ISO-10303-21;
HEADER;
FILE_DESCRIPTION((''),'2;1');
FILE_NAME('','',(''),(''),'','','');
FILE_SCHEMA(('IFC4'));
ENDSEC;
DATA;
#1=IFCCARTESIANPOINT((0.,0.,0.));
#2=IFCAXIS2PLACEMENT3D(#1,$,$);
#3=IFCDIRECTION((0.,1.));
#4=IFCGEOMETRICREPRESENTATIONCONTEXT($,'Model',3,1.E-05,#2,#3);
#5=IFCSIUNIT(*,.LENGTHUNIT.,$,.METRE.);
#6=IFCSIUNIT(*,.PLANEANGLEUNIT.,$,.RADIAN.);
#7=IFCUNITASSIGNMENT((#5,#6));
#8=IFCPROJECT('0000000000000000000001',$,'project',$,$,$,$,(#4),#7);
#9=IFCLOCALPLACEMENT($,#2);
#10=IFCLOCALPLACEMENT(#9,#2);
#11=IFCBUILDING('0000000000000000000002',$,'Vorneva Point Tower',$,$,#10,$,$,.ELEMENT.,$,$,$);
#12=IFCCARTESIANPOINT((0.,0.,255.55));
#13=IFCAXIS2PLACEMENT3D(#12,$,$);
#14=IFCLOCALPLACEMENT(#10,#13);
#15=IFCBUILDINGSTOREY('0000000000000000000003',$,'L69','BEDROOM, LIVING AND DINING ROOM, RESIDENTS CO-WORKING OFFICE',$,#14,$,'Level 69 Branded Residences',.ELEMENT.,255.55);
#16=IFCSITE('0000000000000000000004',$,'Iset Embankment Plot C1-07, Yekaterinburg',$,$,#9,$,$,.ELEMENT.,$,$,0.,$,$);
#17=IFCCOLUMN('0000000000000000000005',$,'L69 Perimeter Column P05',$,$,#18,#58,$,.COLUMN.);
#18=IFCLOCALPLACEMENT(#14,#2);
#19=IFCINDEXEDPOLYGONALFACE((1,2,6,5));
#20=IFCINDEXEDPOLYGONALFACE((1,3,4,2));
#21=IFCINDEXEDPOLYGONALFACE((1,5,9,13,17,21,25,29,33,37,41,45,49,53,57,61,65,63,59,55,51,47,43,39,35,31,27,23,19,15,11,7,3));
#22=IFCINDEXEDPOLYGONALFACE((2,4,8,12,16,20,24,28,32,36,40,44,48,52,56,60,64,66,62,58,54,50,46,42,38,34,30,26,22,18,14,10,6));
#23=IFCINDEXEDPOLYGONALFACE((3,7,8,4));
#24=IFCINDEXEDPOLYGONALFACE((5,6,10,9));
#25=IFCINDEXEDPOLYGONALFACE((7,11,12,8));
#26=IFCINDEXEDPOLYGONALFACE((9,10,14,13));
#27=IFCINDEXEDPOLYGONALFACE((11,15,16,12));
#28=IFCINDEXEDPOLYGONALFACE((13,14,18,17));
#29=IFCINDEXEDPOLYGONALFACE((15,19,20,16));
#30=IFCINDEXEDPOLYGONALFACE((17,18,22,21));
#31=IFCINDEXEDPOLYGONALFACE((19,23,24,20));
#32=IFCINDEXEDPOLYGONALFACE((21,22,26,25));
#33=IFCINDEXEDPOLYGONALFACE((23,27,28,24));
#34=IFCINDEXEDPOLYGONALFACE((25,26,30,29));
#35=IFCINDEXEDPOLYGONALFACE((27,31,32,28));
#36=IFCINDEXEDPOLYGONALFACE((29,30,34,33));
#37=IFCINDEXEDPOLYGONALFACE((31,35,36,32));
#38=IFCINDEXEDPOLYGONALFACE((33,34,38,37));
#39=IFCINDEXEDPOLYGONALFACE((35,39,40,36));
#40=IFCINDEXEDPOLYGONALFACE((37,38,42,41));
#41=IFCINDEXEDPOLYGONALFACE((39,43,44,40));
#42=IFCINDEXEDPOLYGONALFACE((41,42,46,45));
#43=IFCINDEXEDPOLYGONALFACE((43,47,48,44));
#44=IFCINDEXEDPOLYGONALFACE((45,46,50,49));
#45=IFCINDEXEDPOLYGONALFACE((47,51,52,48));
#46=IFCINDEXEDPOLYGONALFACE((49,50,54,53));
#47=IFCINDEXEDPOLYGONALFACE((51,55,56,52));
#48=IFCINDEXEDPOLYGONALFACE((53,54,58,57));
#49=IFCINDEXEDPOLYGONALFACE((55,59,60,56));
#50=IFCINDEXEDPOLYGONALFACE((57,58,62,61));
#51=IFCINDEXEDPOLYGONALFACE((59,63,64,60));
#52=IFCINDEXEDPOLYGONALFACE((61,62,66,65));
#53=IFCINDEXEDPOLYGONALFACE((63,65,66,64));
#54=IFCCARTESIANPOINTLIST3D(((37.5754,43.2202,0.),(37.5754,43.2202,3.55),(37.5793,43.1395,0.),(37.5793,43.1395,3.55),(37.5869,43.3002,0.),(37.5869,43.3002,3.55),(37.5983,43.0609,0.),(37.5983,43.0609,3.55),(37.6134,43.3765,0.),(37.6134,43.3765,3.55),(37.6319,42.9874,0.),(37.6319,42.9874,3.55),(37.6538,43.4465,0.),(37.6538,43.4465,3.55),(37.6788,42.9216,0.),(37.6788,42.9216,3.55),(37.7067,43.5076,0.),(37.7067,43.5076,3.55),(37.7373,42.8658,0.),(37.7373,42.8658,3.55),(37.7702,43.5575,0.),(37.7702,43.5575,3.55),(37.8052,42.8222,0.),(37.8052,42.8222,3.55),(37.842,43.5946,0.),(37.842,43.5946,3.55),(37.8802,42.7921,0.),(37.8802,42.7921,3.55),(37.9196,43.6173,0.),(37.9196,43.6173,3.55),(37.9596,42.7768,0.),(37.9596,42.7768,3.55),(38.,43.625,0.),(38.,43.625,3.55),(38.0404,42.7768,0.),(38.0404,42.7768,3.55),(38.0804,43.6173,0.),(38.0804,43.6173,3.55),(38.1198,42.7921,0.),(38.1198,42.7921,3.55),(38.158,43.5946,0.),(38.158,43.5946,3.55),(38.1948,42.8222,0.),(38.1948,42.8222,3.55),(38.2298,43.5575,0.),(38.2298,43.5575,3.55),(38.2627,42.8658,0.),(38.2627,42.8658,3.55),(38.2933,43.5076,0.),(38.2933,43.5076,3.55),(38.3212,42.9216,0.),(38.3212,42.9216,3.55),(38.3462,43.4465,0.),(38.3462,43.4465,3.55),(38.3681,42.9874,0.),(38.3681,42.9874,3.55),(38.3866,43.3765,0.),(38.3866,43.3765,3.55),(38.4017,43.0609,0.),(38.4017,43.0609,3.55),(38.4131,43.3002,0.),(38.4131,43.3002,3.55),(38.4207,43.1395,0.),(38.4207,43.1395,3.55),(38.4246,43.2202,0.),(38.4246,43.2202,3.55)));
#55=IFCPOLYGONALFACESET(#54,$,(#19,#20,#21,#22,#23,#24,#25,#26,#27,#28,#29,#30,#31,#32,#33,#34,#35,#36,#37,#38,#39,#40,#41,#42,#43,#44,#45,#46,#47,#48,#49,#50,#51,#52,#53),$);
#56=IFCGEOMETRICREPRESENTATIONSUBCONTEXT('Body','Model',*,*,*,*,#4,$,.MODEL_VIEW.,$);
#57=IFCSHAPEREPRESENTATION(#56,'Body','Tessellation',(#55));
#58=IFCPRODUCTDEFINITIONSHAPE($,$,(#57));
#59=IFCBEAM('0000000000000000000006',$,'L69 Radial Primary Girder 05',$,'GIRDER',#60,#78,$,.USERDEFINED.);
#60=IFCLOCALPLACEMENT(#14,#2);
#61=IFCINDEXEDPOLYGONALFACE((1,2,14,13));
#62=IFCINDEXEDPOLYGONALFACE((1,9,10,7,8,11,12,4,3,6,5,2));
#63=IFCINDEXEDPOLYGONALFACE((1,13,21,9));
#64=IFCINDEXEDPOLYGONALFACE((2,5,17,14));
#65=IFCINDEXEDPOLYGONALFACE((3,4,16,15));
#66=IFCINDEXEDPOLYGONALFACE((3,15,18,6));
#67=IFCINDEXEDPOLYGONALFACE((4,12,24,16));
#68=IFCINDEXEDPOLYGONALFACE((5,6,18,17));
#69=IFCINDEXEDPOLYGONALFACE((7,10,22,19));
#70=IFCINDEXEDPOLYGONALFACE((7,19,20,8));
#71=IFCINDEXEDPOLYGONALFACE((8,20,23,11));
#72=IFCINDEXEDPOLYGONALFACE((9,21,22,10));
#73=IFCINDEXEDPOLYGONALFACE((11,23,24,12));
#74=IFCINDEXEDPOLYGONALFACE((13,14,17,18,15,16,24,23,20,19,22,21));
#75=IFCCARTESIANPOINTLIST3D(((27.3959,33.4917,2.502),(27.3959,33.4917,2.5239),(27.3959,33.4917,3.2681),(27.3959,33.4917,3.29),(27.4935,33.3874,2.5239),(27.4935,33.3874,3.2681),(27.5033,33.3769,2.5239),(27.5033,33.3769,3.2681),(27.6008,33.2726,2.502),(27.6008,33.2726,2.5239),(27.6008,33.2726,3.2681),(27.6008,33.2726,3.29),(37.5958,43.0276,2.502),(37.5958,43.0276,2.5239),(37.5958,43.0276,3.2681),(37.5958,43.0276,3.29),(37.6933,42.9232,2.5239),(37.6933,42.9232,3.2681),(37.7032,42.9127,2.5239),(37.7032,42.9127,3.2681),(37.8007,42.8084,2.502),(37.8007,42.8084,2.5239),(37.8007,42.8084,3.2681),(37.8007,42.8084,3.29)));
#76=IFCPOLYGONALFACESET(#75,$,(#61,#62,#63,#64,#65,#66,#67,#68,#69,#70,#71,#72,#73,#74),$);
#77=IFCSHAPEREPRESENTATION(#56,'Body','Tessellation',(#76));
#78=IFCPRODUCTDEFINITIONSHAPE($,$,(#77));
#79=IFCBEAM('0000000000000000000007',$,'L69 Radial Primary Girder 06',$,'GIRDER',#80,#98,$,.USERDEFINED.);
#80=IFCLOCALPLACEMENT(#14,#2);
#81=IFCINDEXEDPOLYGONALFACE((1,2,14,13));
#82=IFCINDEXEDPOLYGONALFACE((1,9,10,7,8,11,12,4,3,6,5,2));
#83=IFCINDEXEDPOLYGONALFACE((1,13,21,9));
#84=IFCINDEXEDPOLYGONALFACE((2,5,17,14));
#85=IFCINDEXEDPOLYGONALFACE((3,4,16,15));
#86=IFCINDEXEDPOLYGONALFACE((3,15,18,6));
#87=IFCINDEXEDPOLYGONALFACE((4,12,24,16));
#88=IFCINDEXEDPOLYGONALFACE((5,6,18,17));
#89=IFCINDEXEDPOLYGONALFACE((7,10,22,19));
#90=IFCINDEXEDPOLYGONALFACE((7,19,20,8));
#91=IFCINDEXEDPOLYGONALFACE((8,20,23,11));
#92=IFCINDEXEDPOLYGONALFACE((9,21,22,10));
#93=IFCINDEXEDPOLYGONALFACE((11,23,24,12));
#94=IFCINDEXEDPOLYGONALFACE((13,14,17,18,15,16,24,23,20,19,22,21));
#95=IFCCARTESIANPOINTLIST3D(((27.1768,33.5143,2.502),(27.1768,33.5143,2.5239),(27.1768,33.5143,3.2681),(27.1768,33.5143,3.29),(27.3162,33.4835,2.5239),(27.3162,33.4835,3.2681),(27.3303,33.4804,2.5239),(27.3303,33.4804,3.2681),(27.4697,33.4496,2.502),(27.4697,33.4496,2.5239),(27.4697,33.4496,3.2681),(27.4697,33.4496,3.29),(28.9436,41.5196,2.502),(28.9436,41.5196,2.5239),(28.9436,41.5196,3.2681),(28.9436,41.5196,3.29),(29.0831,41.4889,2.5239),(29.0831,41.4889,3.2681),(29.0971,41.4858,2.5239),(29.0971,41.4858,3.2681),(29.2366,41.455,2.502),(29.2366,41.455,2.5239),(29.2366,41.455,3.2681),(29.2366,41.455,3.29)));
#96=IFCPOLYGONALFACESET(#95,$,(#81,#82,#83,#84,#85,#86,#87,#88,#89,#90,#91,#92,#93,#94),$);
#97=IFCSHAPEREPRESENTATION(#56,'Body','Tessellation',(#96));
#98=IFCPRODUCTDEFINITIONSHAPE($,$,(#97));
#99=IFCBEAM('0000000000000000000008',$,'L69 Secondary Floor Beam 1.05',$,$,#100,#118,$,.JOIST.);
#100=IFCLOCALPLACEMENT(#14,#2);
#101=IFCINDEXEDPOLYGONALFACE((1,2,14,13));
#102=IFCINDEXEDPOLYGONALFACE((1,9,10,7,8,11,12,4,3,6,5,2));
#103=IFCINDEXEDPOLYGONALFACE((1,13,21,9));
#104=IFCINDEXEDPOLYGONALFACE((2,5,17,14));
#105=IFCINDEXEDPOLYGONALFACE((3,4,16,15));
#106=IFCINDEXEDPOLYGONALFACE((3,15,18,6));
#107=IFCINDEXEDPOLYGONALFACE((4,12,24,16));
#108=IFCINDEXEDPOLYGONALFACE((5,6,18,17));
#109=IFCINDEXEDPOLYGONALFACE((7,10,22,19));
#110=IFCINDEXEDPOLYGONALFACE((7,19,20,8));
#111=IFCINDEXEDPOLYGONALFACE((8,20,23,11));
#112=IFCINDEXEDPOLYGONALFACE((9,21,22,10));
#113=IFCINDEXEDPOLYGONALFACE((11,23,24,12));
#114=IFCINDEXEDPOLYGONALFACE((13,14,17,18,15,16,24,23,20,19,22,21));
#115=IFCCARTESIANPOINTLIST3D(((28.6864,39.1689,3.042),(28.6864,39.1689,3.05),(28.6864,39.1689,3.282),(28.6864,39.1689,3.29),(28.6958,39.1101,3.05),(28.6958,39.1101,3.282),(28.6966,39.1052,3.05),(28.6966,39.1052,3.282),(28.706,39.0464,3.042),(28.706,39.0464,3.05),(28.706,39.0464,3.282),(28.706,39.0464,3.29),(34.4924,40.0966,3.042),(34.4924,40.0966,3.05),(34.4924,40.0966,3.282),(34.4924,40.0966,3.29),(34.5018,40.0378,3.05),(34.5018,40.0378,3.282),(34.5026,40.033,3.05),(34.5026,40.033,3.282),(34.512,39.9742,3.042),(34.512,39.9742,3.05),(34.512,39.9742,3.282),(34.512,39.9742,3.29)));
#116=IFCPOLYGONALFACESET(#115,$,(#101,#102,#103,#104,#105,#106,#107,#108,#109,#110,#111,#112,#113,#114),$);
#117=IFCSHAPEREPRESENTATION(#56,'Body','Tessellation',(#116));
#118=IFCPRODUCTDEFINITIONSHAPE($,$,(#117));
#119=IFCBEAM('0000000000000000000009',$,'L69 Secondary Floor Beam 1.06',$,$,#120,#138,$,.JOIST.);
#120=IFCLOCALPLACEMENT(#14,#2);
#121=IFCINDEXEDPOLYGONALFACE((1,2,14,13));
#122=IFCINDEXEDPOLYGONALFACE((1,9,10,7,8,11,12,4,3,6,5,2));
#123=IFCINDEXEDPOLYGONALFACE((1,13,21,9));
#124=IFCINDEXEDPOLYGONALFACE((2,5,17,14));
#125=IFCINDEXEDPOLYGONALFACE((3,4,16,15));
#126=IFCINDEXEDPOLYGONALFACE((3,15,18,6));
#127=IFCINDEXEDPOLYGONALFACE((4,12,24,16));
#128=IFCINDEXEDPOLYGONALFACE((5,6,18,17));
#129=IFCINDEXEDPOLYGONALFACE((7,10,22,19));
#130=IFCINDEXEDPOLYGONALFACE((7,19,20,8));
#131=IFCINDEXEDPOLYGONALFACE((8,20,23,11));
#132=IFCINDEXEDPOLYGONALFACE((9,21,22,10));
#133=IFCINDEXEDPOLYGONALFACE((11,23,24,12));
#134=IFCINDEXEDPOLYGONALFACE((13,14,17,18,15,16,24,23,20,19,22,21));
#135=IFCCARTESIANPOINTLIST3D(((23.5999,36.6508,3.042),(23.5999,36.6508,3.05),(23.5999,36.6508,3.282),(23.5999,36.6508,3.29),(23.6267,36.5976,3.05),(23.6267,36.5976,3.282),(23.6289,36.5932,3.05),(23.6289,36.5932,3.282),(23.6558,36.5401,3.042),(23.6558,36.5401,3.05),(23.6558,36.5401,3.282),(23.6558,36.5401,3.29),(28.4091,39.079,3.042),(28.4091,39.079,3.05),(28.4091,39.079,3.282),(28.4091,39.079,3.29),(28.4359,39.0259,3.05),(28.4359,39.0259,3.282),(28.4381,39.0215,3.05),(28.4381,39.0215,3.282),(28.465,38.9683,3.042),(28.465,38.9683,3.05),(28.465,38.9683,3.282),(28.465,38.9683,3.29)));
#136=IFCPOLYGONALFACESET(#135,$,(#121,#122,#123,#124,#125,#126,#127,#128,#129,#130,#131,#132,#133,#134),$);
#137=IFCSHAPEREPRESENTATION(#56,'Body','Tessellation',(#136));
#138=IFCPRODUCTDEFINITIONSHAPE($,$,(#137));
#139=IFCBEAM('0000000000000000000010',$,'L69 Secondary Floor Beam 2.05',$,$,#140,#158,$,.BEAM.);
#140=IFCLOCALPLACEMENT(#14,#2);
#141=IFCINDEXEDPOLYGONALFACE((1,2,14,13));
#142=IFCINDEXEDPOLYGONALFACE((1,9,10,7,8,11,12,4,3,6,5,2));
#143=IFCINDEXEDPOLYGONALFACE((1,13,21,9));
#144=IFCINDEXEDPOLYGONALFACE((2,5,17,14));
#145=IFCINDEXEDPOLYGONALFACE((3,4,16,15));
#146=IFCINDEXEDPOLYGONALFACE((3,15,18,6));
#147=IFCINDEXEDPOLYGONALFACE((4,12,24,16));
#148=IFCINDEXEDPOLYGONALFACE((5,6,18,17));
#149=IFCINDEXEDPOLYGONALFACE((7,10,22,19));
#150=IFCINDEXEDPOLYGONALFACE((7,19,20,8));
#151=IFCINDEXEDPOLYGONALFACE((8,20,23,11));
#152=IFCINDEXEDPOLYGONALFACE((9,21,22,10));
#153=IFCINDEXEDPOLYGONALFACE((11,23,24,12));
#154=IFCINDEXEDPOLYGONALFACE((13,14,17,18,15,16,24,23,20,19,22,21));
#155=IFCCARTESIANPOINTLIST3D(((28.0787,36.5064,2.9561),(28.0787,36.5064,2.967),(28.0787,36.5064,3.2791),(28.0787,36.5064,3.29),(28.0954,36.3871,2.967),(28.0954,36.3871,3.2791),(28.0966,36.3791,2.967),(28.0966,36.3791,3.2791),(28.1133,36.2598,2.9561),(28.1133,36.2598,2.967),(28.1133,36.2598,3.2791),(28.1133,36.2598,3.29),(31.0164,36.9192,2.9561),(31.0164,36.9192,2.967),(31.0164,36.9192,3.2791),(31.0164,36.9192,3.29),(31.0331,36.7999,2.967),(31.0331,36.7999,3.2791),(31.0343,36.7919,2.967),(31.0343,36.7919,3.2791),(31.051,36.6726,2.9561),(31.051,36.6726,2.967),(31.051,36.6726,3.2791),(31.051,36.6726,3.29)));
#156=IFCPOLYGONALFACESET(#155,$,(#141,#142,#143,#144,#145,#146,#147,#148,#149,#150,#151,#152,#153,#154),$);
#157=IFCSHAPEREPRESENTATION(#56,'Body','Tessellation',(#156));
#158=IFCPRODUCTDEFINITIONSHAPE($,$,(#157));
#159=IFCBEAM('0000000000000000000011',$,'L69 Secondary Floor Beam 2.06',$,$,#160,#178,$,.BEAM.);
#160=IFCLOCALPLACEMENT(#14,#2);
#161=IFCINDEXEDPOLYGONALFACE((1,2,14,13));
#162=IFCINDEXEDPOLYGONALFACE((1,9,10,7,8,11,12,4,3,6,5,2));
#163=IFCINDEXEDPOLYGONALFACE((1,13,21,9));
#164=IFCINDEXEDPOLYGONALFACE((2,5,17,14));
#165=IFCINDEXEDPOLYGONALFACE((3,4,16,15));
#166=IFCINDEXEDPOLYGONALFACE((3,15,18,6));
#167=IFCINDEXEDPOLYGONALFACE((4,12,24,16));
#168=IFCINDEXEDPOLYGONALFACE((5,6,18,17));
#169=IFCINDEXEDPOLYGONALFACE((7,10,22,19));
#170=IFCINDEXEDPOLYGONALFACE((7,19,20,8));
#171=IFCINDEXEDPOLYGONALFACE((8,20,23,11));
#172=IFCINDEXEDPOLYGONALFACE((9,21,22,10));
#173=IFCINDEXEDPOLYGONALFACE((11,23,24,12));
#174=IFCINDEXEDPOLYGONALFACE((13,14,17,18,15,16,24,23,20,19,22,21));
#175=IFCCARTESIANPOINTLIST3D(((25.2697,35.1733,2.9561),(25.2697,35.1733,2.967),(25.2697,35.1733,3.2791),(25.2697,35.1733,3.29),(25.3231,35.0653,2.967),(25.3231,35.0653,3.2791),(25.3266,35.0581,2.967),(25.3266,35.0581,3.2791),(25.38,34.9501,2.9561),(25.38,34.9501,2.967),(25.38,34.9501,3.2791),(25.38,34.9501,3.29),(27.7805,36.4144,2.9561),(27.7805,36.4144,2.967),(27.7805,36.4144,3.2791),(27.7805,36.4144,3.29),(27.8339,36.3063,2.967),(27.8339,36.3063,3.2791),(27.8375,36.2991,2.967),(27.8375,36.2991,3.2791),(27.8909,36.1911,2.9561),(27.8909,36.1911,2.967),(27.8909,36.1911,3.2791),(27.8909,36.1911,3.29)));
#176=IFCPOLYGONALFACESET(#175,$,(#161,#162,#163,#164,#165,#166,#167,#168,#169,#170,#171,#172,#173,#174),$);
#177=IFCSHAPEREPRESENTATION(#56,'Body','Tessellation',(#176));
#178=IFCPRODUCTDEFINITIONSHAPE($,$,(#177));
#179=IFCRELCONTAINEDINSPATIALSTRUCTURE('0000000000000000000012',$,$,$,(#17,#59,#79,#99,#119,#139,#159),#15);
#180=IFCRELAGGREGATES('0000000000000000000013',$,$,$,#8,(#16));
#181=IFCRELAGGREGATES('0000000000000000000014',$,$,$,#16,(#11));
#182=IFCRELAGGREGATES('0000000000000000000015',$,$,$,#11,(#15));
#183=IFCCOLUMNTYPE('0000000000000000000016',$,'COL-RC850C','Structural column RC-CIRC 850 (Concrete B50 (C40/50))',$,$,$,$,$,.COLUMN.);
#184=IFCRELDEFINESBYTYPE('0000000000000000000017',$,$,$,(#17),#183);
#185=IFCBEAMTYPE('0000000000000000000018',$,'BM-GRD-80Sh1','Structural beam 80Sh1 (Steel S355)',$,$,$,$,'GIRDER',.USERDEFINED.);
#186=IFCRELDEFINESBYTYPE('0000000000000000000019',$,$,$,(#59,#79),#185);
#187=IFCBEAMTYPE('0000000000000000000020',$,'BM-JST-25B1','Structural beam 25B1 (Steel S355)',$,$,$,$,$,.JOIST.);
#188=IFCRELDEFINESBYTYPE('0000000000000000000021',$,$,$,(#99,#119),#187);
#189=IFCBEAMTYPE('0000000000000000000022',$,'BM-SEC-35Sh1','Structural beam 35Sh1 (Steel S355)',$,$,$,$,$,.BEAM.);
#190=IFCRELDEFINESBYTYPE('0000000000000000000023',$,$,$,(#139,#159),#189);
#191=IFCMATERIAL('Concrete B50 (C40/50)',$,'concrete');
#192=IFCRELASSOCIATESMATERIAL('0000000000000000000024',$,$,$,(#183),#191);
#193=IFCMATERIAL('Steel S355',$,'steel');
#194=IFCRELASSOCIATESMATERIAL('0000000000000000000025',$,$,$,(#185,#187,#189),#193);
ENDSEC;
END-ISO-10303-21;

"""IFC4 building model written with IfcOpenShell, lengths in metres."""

from ifc_helpers import new_model, si_unit, direction, frame, origin, origin_2d, place, context, subcontext, project, spatial, circle, i_section, extrude, material, material_profile, profile_set, type_object, element, save


model = new_model("IFC4")

# Units and contexts
model_context = context("Model", 3, precision=1e-05, world=origin(), true_north=direction((0.0, 1.0)))
body_context = subcontext(model_context, "Body", "Model", "MODEL_VIEW")
ifc_project = project(units=[si_unit("LENGTHUNIT", "METRE"), si_unit("PLANEANGLEUNIT", "RADIAN")], contexts=[model_context])

# Site, building, storey
site_placement = place(None, origin())
site = spatial("IfcSite", under=ifc_project, at=site_placement, Name="Iset Embankment Plot C1-07, Yekaterinburg", CompositionType="ELEMENT", RefElevation=0.0)
building_placement = place(site_placement, origin())
building = spatial("IfcBuilding", under=site, at=building_placement, Name="Vorneva Point Tower", CompositionType="ELEMENT")
storey_placement = place(building_placement, frame((0.0, 0.0, 255.55)))
storey = spatial("IfcBuildingStorey", under=building, at=storey_placement, Name="L69", Description="BEDROOM, LIVING AND DINING ROOM, RESIDENTS CO-WORKING OFFICE", LongName="Level 69 Branded Residences", CompositionType="ELEMENT", Elevation=255.55)

# Column
ifc_material_1 = material(Name="Concrete B50 (C40/50)", Category="concrete")
ifc_material_profile_1 = material_profile(ifc_material_1, circle(Radius=0.425, at=origin_2d()), Name="RC-CIRC 850")
ifc_profile_set_1 = profile_set([ifc_material_profile_1], Name="Concrete B50 (C40/50)")
column_type = type_object("IfcColumnType", Name="COL-RC850C", Description="Structural column RC-CIRC 850 (Concrete B50 (C40/50))", PredefinedType="COLUMN", material=ifc_profile_set_1)
for number, where, z_axis, x_axis, name in (
    (1, (38.0, 43.2, 0.0), (0.0, 0.0, 1.0), (0.0, 1.0, 0.0), "L69 Perimeter Column P05"),
):
    element("IfcColumn", number, at=place(storey_placement, frame(where, z_axis=z_axis, x_axis=x_axis)), inside=storey, type_object=column_type, Name=name, PredefinedType="COLUMN", context=body_context, shape_type="SweptSolid", body=[
        extrude(circle(Radius=0.425, at=origin_2d()), origin(), (0.0, 0.0, 1.0), 3.55),
    ])

# Beams
ifc_material_2 = material(Name="Steel S355", Category="steel")
ifc_material_profile_2 = material_profile(ifc_material_2, i_section(OverallWidth=0.3, OverallDepth=0.7881, WebThickness=0.0144, FlangeThickness=0.022, at=origin_2d()), Name="80Sh1")
ifc_profile_set_2 = profile_set([ifc_material_profile_2], Name="Steel S355")
beam_type_1 = type_object("IfcBeamType", Name="BM-GRD-80Sh1", Description="Structural beam 80Sh1 (Steel S355)", ElementType="GIRDER", PredefinedType="USERDEFINED", material=ifc_profile_set_2)
beam_1_placement = place(storey_placement, frame((37.6982, 42.918, 2.896), z_axis=(-0.730486, -0.682928, 0.0), x_axis=(0.682928, -0.730486, 0.0)))
element("IfcBeam", 2, at=beam_1_placement, inside=storey, type_object=beam_type_1, Name="L69 Radial Primary Girder 05", ObjectType="GIRDER", PredefinedType="USERDEFINED", context=body_context, shape_type="SweptSolid", body=[
    extrude(i_section(OverallWidth=0.3, OverallDepth=0.7881, WebThickness=0.0144, FlangeThickness=0.022, at=origin_2d()), origin(), (0.0, 0.0, 1.0), 13.9631),
])
beam_2_placement = place(storey_placement, frame((29.0901, 41.4873, 2.896), z_axis=(-0.215521, -0.976499, 0.0), x_axis=(0.976499, -0.215521, 0.0)))
element("IfcBeam", 3, at=beam_2_placement, inside=storey, type_object=beam_type_1, Name="L69 Radial Primary Girder 06", ObjectType="GIRDER", PredefinedType="USERDEFINED", context=body_context, shape_type="SweptSolid", body=[
    extrude(i_section(OverallWidth=0.3, OverallDepth=0.7881, WebThickness=0.0144, FlangeThickness=0.022, at=origin_2d()), origin(), (0.0, 0.0, 1.0), 8.198),
])
ifc_material_profile_3 = material_profile(ifc_material_2, i_section(OverallWidth=0.124, OverallDepth=0.248, WebThickness=0.0049, FlangeThickness=0.0081, at=origin_2d()), Name="25B1")
ifc_profile_set_3 = profile_set([ifc_material_profile_3], Name="Steel S355")
beam_type_2 = type_object("IfcBeamType", Name="BM-JST-25B1", Description="Structural beam 25B1 (Steel S355)", PredefinedType="JOIST", material=ifc_profile_set_3)
beam_3_placement = place(storey_placement, frame((34.5022, 40.0354, 3.166), z_axis=(-0.987473, -0.15779, 0.0), x_axis=(0.15779, -0.987473, 0.0)))
element("IfcBeam", 4, at=beam_3_placement, inside=storey, type_object=beam_type_2, Name="L69 Secondary Floor Beam 1.05", PredefinedType="JOIST", context=body_context, shape_type="SweptSolid", body=[
    extrude(i_section(OverallWidth=0.124, OverallDepth=0.248, WebThickness=0.0049, FlangeThickness=0.0081, at=origin_2d()), origin(), (0.0, 0.0, 1.0), 5.8796),
])
beam_4_placement = place(storey_placement, frame((28.437, 39.0237, 3.166), z_axis=(-0.892662, -0.450727, 0.0), x_axis=(0.450727, -0.892662, 0.0)))
element("IfcBeam", 5, at=beam_4_placement, inside=storey, type_object=beam_type_2, Name="L69 Secondary Floor Beam 1.06", PredefinedType="JOIST", context=body_context, shape_type="SweptSolid", body=[
    extrude(i_section(OverallWidth=0.124, OverallDepth=0.248, WebThickness=0.0049, FlangeThickness=0.0081, at=origin_2d()), origin(), (0.0, 0.0, 1.0), 5.3875),
])
ifc_material_profile_4 = material_profile(ifc_material_2, i_section(OverallWidth=0.249, OverallDepth=0.334, WebThickness=0.0081, FlangeThickness=0.011, at=origin_2d()), Name="35Sh1")
ifc_profile_set_4 = profile_set([ifc_material_profile_4], Name="Steel S355")
beam_type_3 = type_object("IfcBeamType", Name="BM-SEC-35Sh1", Description="Structural beam 35Sh1 (Steel S355)", PredefinedType="BEAM", material=ifc_profile_set_4)
beam_5_placement = place(storey_placement, frame((31.0337, 36.7959, 3.123), z_axis=(-0.99027, -0.139163, 0.0), x_axis=(0.139163, -0.99027, 0.0)))
element("IfcBeam", 6, at=beam_5_placement, inside=storey, type_object=beam_type_3, Name="L69 Secondary Floor Beam 2.05", PredefinedType="BEAM", context=body_context, shape_type="SweptSolid", body=[
    extrude(i_section(OverallWidth=0.249, OverallDepth=0.334, WebThickness=0.0081, FlangeThickness=0.011, at=origin_2d()), origin(), (0.0, 0.0, 1.0), 2.9666),
])
beam_6_placement = place(storey_placement, frame((27.8357, 36.3027, 3.123), z_axis=(-0.896475, -0.443094, 0.0), x_axis=(0.443094, -0.896475, 0.0)))
element("IfcBeam", 7, at=beam_6_placement, inside=storey, type_object=beam_type_3, Name="L69 Secondary Floor Beam 2.06", PredefinedType="BEAM", context=body_context, shape_type="SweptSolid", body=[
    extrude(i_section(OverallWidth=0.249, OverallDepth=0.334, WebThickness=0.0081, FlangeThickness=0.011, at=origin_2d()), origin(), (0.0, 0.0, 1.0), 2.8008),
])

save(model, "model.ifc")
